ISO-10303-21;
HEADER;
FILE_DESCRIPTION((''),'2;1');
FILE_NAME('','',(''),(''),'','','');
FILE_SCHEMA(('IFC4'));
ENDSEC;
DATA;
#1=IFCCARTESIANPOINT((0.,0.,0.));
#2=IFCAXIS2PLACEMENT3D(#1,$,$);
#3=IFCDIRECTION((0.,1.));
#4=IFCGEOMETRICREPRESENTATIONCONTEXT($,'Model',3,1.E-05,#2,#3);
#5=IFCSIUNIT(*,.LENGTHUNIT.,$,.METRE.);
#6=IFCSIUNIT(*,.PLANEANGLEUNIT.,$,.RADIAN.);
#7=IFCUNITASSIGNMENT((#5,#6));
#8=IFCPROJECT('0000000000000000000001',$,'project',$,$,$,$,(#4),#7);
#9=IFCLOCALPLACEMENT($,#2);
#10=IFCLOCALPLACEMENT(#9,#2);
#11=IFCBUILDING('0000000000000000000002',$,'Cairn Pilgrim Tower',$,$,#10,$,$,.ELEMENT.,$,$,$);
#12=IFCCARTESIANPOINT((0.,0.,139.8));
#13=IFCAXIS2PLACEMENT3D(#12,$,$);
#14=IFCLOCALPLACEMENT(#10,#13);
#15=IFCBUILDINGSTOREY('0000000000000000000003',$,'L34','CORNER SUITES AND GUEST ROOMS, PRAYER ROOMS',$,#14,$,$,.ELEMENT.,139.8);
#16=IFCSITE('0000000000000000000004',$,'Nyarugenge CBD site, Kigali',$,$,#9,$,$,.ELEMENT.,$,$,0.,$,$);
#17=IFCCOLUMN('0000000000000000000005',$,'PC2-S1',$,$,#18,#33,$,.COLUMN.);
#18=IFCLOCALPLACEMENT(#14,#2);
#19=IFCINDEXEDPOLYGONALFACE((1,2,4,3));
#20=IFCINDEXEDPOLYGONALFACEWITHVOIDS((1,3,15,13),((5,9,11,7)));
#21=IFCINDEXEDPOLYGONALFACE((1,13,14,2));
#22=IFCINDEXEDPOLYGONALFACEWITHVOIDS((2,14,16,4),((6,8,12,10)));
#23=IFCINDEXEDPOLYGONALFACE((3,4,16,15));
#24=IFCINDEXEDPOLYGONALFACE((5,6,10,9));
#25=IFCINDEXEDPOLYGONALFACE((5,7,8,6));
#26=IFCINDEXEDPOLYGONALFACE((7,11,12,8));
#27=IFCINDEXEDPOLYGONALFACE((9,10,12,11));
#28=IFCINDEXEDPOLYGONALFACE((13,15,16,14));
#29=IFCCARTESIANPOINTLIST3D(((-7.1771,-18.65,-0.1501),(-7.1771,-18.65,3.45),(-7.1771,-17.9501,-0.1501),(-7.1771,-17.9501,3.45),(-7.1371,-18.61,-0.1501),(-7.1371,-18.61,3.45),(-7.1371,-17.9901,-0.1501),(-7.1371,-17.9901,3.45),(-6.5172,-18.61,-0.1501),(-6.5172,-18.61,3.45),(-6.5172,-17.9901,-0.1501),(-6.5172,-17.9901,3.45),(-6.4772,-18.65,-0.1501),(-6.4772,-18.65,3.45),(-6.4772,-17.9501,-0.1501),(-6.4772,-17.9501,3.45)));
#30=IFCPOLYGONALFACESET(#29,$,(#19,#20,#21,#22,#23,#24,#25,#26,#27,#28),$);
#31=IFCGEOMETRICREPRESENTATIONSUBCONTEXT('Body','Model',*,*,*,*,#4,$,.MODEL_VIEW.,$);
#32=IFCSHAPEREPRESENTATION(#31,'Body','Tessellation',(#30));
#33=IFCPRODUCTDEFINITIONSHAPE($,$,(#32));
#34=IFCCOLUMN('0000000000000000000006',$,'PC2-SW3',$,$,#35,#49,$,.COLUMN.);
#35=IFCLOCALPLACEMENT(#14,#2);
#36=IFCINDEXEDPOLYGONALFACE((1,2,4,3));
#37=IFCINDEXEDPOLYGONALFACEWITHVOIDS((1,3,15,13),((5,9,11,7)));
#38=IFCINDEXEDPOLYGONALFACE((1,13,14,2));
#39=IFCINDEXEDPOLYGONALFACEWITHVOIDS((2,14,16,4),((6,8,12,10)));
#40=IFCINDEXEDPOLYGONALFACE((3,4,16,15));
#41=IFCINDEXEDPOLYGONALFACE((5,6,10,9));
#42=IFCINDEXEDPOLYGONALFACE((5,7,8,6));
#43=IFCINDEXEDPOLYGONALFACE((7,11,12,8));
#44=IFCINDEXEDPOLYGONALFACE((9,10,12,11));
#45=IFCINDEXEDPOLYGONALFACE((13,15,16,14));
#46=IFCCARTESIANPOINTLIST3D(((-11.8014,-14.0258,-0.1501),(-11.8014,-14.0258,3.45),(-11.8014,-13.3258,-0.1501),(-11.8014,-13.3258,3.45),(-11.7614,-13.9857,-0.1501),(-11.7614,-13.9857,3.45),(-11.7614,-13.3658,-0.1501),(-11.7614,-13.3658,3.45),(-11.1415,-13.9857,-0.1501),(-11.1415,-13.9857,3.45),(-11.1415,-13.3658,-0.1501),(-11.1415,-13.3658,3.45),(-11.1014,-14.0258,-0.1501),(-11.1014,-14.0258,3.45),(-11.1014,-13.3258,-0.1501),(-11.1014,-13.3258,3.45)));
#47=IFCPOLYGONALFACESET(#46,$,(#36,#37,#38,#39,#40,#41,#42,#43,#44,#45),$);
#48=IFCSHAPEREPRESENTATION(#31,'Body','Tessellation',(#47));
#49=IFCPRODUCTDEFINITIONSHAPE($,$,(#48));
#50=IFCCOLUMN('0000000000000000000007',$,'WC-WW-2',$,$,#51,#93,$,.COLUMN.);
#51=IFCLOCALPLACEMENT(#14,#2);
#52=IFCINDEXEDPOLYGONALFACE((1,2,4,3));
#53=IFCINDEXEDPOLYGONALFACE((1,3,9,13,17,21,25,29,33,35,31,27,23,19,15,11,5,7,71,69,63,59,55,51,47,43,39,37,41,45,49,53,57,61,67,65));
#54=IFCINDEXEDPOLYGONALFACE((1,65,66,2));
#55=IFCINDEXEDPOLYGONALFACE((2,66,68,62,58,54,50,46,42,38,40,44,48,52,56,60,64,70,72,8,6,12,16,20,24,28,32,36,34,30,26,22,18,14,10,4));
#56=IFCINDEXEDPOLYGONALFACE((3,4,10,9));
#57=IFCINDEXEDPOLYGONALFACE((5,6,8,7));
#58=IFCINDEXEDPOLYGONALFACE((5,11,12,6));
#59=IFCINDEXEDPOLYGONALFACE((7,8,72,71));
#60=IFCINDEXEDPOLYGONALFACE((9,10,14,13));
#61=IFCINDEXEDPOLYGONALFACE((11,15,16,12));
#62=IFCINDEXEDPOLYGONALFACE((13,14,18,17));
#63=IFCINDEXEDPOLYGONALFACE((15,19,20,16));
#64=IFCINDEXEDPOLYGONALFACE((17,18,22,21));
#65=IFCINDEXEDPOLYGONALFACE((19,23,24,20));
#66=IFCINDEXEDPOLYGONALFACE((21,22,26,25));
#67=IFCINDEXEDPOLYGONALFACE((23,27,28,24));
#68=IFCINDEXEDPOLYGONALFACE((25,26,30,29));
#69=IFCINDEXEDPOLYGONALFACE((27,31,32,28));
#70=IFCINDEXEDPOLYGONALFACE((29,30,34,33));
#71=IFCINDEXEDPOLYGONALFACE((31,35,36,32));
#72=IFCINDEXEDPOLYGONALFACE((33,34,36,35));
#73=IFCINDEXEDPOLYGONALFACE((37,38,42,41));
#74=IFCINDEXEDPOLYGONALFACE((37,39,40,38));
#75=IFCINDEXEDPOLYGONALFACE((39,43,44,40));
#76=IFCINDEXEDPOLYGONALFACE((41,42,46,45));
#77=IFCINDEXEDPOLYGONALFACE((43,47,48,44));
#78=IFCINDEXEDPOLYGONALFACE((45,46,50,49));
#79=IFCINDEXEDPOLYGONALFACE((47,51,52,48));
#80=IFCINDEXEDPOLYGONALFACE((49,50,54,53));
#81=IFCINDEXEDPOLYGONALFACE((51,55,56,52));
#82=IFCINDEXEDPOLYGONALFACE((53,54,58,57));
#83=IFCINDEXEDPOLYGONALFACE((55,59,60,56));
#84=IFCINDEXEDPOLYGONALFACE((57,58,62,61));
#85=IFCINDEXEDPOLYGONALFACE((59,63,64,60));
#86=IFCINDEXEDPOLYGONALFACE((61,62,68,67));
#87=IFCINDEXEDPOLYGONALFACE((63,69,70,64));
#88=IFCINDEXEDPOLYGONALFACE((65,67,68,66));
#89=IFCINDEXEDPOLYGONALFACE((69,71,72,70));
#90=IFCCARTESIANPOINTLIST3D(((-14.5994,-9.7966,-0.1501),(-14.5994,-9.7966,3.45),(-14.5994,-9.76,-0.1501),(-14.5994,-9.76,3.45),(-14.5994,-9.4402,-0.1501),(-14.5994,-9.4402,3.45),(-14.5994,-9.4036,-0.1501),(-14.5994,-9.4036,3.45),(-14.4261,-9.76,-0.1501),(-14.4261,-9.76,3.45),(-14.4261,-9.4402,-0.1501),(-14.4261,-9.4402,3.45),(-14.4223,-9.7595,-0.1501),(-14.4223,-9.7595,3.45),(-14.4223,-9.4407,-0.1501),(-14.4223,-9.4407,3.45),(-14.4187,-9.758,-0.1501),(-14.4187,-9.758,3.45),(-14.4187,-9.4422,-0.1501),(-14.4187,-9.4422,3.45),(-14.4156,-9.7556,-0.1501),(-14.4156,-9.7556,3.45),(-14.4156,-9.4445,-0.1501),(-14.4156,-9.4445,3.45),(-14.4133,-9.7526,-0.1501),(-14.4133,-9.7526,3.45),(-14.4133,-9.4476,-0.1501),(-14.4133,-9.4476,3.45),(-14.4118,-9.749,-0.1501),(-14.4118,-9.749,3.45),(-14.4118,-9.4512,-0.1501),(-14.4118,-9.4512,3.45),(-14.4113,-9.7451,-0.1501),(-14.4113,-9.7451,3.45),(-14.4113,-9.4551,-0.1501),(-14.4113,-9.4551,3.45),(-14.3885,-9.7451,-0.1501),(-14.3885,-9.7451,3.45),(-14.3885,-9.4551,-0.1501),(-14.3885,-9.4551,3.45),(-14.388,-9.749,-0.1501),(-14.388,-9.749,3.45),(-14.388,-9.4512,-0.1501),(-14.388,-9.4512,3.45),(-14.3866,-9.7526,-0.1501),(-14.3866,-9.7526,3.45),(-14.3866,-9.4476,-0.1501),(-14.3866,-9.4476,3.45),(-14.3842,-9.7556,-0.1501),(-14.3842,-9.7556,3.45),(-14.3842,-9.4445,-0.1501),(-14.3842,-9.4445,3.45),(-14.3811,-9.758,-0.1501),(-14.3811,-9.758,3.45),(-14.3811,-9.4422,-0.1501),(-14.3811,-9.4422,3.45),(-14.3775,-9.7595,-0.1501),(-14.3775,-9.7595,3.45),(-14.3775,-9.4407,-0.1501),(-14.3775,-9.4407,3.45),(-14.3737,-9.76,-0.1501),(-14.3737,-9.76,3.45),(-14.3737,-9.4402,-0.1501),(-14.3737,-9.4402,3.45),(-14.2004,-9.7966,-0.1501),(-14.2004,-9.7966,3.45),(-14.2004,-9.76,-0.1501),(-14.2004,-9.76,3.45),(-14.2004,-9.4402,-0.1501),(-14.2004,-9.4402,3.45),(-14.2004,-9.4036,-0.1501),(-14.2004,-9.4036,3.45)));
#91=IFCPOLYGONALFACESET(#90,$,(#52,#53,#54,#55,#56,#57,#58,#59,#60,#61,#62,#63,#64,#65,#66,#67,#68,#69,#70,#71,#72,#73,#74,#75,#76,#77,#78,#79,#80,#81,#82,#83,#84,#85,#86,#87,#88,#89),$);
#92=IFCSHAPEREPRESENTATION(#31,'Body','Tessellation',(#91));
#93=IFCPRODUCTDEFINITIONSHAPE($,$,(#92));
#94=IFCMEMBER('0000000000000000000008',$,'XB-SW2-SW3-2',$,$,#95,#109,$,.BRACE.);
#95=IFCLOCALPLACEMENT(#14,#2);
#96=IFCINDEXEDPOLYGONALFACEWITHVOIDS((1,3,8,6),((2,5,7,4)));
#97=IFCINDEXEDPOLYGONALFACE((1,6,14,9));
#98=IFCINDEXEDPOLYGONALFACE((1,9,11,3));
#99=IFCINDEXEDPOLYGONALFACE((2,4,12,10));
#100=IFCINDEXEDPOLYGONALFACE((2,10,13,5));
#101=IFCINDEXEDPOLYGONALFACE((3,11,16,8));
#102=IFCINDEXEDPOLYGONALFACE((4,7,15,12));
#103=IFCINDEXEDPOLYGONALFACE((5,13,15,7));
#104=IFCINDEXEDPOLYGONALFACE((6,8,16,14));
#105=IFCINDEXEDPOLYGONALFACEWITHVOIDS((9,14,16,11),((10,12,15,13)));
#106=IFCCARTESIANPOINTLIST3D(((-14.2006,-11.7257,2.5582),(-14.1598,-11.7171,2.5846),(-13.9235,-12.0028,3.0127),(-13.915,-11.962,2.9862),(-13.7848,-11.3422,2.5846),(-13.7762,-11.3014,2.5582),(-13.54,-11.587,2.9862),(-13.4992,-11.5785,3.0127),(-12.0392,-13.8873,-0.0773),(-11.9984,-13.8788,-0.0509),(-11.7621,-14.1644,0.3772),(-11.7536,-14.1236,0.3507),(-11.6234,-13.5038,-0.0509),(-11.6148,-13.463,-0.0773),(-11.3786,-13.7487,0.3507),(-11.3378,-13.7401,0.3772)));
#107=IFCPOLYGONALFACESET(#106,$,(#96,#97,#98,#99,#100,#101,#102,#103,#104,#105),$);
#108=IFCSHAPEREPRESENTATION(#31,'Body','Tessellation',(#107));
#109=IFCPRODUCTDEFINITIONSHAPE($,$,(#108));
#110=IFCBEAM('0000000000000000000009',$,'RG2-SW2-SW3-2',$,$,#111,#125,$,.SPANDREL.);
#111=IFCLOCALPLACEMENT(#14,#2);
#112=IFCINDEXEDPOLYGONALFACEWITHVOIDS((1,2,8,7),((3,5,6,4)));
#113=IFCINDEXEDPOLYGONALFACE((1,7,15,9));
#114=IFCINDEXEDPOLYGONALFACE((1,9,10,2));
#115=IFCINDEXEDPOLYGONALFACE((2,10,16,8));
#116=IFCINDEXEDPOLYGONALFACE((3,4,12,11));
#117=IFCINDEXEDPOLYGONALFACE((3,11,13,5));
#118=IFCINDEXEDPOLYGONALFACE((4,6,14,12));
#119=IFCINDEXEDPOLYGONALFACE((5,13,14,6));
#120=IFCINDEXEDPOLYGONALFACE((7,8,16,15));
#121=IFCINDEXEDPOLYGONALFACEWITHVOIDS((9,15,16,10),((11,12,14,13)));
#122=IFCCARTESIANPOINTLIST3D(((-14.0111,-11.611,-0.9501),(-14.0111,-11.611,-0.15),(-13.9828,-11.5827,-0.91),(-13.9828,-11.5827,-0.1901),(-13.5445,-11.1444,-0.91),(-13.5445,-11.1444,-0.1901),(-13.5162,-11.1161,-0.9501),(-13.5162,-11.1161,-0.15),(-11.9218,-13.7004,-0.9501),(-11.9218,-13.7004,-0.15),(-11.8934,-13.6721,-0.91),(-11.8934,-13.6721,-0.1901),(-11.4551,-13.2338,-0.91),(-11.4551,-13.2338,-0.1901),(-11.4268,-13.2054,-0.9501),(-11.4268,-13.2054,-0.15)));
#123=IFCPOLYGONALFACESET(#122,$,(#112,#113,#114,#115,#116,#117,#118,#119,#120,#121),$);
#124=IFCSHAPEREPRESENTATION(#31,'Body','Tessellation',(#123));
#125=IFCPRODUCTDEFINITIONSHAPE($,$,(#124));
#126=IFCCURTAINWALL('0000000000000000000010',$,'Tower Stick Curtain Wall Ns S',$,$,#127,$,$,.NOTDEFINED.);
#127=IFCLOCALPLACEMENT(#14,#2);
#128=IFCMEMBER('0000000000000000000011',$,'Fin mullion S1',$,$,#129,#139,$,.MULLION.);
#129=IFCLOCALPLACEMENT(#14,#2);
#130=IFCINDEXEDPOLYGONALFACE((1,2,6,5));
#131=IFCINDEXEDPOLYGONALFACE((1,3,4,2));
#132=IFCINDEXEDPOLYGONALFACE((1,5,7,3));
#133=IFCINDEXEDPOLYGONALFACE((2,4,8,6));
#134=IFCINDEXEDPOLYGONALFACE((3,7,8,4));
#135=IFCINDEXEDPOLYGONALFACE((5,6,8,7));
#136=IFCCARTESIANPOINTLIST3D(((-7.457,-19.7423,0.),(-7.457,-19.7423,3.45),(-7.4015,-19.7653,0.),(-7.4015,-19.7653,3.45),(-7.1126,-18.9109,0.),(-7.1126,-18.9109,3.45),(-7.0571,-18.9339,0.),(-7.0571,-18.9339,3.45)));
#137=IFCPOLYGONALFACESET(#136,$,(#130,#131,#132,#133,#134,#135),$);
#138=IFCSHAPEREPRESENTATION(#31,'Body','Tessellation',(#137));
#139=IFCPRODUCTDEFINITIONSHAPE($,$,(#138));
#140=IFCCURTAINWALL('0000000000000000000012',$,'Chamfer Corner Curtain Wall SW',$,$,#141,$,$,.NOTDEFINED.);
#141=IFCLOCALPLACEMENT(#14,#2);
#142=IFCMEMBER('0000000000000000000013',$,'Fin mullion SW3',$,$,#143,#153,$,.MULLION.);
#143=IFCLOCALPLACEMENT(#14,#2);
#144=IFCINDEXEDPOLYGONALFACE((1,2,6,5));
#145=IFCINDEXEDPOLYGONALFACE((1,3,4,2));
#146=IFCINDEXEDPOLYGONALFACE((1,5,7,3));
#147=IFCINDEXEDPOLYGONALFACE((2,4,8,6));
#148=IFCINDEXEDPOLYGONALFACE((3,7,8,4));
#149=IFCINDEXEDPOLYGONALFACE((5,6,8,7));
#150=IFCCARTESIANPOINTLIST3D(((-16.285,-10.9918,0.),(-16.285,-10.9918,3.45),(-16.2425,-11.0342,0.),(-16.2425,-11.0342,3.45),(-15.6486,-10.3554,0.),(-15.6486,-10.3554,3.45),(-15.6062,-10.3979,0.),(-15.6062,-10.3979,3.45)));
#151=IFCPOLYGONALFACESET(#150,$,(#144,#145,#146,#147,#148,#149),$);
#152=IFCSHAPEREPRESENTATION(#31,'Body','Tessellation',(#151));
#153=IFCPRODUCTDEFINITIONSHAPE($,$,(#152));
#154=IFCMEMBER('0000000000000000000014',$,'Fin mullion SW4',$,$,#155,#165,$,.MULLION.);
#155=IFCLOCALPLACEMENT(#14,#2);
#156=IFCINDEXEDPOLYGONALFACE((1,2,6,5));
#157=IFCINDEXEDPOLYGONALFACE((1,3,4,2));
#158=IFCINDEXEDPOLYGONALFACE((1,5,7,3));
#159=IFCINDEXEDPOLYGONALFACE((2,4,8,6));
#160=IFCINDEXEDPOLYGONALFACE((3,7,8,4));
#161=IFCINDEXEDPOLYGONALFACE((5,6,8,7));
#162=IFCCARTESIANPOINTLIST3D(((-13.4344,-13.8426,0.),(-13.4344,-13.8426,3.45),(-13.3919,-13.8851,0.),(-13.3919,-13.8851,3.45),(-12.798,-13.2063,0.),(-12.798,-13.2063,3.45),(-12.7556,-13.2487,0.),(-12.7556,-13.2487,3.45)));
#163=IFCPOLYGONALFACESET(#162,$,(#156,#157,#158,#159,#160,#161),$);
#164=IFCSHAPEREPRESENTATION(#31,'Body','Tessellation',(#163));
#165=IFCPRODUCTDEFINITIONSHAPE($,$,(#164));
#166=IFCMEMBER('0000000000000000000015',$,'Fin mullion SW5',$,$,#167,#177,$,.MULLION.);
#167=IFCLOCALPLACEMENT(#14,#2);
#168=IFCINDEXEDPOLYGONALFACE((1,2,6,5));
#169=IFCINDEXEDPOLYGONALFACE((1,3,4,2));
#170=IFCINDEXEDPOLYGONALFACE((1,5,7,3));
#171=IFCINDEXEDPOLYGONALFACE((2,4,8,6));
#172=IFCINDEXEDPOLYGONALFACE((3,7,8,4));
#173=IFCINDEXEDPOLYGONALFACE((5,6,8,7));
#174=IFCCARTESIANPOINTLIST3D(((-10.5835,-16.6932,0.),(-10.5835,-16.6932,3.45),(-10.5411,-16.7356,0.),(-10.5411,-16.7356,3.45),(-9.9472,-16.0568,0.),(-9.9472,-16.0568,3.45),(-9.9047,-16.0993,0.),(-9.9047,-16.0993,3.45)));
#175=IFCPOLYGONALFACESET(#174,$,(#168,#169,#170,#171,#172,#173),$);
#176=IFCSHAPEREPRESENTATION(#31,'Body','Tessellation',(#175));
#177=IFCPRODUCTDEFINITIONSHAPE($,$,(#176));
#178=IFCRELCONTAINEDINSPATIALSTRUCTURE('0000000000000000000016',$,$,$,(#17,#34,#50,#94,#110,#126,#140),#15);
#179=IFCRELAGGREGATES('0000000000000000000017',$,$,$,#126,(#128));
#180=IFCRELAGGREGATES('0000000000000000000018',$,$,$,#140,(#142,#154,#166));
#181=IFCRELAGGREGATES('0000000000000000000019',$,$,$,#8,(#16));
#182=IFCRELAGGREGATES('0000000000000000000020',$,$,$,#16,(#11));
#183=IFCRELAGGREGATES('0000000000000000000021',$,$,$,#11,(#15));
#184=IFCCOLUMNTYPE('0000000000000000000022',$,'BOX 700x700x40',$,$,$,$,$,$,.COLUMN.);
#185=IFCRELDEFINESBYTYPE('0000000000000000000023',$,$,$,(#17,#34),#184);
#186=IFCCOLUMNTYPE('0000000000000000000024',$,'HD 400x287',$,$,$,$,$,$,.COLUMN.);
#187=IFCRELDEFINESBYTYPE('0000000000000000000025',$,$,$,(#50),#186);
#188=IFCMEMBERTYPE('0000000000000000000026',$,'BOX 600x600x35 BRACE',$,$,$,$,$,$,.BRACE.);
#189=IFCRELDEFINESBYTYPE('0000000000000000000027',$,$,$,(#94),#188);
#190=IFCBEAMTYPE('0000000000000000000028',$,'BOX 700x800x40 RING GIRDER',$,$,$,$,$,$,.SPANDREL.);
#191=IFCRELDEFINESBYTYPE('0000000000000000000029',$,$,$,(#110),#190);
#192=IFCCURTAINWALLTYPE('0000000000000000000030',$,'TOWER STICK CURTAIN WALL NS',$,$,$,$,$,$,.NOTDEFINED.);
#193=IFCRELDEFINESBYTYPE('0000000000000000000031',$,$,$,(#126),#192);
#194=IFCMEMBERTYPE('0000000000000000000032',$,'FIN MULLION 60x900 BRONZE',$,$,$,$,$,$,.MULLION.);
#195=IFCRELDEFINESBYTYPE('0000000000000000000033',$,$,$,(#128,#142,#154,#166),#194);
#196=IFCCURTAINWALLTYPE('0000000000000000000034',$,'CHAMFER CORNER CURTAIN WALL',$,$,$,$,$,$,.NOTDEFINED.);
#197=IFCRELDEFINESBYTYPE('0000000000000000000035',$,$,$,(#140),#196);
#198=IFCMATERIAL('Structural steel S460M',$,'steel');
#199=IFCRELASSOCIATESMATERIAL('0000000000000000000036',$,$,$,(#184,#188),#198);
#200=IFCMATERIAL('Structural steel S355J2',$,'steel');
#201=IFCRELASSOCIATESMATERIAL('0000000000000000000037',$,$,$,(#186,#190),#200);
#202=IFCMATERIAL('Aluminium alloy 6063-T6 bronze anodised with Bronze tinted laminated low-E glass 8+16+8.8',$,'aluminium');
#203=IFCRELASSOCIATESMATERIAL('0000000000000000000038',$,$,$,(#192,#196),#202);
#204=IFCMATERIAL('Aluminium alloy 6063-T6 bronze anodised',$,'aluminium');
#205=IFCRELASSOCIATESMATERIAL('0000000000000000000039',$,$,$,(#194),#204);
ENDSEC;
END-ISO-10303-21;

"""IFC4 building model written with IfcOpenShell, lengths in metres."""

from ifc_helpers import new_model, si_unit, direction, frame, origin, origin_2d, place, context, subcontext, project, spatial, rectangle, hollow_rectangle, i_section, extrude, material, material_profile, profile_set, type_object, element, aggregate, save


model = new_model("IFC4")

# Units and contexts
model_context = context("Model", 3, precision=1e-05, world=origin(), true_north=direction((0.0, 1.0)))
body_context = subcontext(model_context, "Body", "Model", "MODEL_VIEW")
ifc_project = project(units=[si_unit("LENGTHUNIT", "METRE"), si_unit("PLANEANGLEUNIT", "RADIAN")], contexts=[model_context])

# Site, building, storey
site_placement = place(None, origin())
site = spatial("IfcSite", under=ifc_project, at=site_placement, Name="Nyarugenge CBD site, Kigali", CompositionType="ELEMENT", RefElevation=0.0)
building_placement = place(site_placement, origin())
building = spatial("IfcBuilding", under=site, at=building_placement, Name="Cairn Pilgrim Tower", CompositionType="ELEMENT")
storey_placement = place(building_placement, frame((0.0, 0.0, 139.8)))
storey = spatial("IfcBuildingStorey", under=building, at=storey_placement, Name="L34", Description="CORNER SUITES AND GUEST ROOMS, PRAYER ROOMS", CompositionType="ELEMENT", Elevation=139.8)

# Columns
ifc_material_1 = material(Name="Structural steel S460M", Category="steel")
ifc_material_profile_1 = material_profile(ifc_material_1, hollow_rectangle(XDim=0.7, YDim=0.7, WallThickness=0.04, at=origin_2d()), Name="BOX 700x700x40")
ifc_profile_set_1 = profile_set([ifc_material_profile_1], Name="Structural steel S460M")
column_type_1 = type_object("IfcColumnType", Name="BOX 700x700x40", PredefinedType="COLUMN", material=ifc_profile_set_1)
for number, where, z_axis, x_axis, name in (
    (1, (-6.8271, -18.3, -0.1501), (0.0, 0.0, 1.0), (1.0, 0.0, 0.0), "PC2-S1"),
    (2, (-11.4514, -13.6758, -0.1501), (0.0, 0.0, 1.0), (1.0, 0.0, 0.0), "PC2-SW3"),
):
    element("IfcColumn", number, at=place(storey_placement, frame(where, z_axis=z_axis, x_axis=x_axis)), inside=storey, type_object=column_type_1, Name=name, PredefinedType="COLUMN", context=body_context, shape_type="SweptSolid", body=[
        extrude(hollow_rectangle(XDim=0.7, YDim=0.7, WallThickness=0.04, at=origin_2d()), origin(), (0.0, 0.0, 1.0), 3.6001),
    ])
ifc_material_2 = material(Name="Structural steel S355J2", Category="steel")
ifc_material_profile_2 = material_profile(ifc_material_2, i_section(OverallWidth=0.3989, OverallDepth=0.3931, WebThickness=0.0227, FlangeThickness=0.0366, FilletRadius=0.0149, at=origin_2d()), Name="HD 400x287")
ifc_profile_set_2 = profile_set([ifc_material_profile_2], Name="Structural steel S355J2")
column_type_2 = type_object("IfcColumnType", Name="HD 400x287", PredefinedType="COLUMN", material=ifc_profile_set_2)
column_placement = place(storey_placement, frame((-14.3999, -9.6001, -0.1501), z_axis=(0.0, 0.0, 1.0), x_axis=(1.0, 0.0, 0.0)))
element("IfcColumn", 3, at=column_placement, inside=storey, type_object=column_type_2, Name="WC-WW-2", PredefinedType="COLUMN", context=body_context, shape_type="SweptSolid", body=[
    extrude(i_section(OverallWidth=0.3989, OverallDepth=0.3931, WebThickness=0.0227, FlangeThickness=0.0366, FilletRadius=0.0149, at=origin_2d()), origin(), (0.0, 0.0, 1.0), 3.6001),
])

# Member
ifc_material_profile_3 = material_profile(ifc_material_1, hollow_rectangle(XDim=0.6001, YDim=0.6001, WallThickness=0.0349, at=origin_2d()), Name="BOX 600x600x35")
ifc_profile_set_3 = profile_set([ifc_material_profile_3], Name="Structural steel S460M")
member_type_1 = type_object("IfcMemberType", Name="BOX 600x600x35 BRACE", PredefinedType="BRACE", material=ifc_profile_set_3)
member_1_placement = place(storey_placement, frame((-11.6885, -13.8137, 0.1499), z_axis=(-0.535513, 0.535573, 0.652983), x_axis=(-0.707147, -0.707067, 0.0)))
element("IfcMember", 4, at=member_1_placement, inside=storey, type_object=member_type_1, Name="XB-SW2-SW3-2", PredefinedType="BRACE", context=body_context, shape_type="SweptSolid", body=[
    extrude(hollow_rectangle(XDim=0.6001, YDim=0.6001, WallThickness=0.0349, at=origin_2d()), origin(), (0.0, 0.0, 1.0), 4.0361),
])

# Beam
ifc_material_profile_4 = material_profile(ifc_material_2, hollow_rectangle(XDim=0.7, YDim=0.8, WallThickness=0.04, at=origin_2d()), Name="BOX 700x800x40")
ifc_profile_set_4 = profile_set([ifc_material_profile_4], Name="Structural steel S355J2")
beam_type_1 = type_object("IfcBeamType", Name="BOX 700x800x40 RING GIRDER", PredefinedType="SPANDREL", material=ifc_profile_set_4)
beam_1_placement = place(storey_placement, frame((-13.7637, -11.3635, -0.55), z_axis=(0.707107, -0.707107, 0.0), x_axis=(0.707107, 0.707107, 0.0)))
element("IfcBeam", 5, at=beam_1_placement, inside=storey, type_object=beam_type_1, Name="RG2-SW2-SW3-2", PredefinedType="SPANDREL", context=body_context, shape_type="SweptSolid", body=[
    extrude(hollow_rectangle(XDim=0.7, YDim=0.8, WallThickness=0.04, at=origin_2d()), origin(), (0.0, 0.0, 1.0), 2.9548),
])

# Curtain wall, member
ifc_material_3 = material(Name="Aluminium alloy 6063-T6 bronze anodised with Bronze tinted laminated low-E glass 8+16+8.8", Category="aluminium")
curtain_wall_type_1 = type_object("IfcCurtainWallType", Name="TOWER STICK CURTAIN WALL NS", PredefinedType="NOTDEFINED", material=ifc_material_3)
curtain_wall_1_placement = place(storey_placement, origin())
curtain_wall_1 = element("IfcCurtainWall", 6, at=curtain_wall_1_placement, inside=storey, type_object=curtain_wall_type_1, Name="Tower Stick Curtain Wall Ns S", PredefinedType="NOTDEFINED")
ifc_material_4 = material(Name="Aluminium alloy 6063-T6 bronze anodised", Category="aluminium")
ifc_material_profile_5 = material_profile(ifc_material_4, rectangle(XDim=0.8999, YDim=0.0601, at=origin_2d()), Name="FIN MULLION 60x900 BRONZE")
ifc_profile_set_5 = profile_set([ifc_material_profile_5], Name="Aluminium alloy 6063-T6 bronze anodised")
member_type_2 = type_object("IfcMemberType", Name="FIN MULLION 60x900 BRONZE", PredefinedType="MULLION", material=ifc_profile_set_5)
member_2_placement = place(storey_placement, frame((-7.2571, -19.3381, 0.0), z_axis=(0.0, 0.0, 1.0), x_axis=(-0.382683, -0.92388, 0.0)))
member_2 = element("IfcMember", 7, at=member_2_placement, type_object=member_type_2, Name="Fin mullion S1", PredefinedType="MULLION", context=body_context, shape_type="SweptSolid", body=[
    extrude(rectangle(XDim=0.8999, YDim=0.0601, at=origin_2d()), origin(), (0.0, 0.0, 1.0), 3.45),
])
aggregate(curtain_wall_1, [member_2])

# Curtain wall, members
curtain_wall_type_2 = type_object("IfcCurtainWallType", Name="CHAMFER CORNER CURTAIN WALL", PredefinedType="NOTDEFINED", material=ifc_material_3)
curtain_wall_2_placement = place(storey_placement, origin())
curtain_wall_2 = element("IfcCurtainWall", 8, at=curtain_wall_2_placement, inside=storey, type_object=curtain_wall_type_2, Name="Chamfer Corner Curtain Wall SW", PredefinedType="NOTDEFINED")
member_3_placement = place(storey_placement, frame((-15.9456, -10.6948, 0.0), z_axis=(0.0, 0.0, 1.0), x_axis=(-0.707107, -0.707107, 0.0)))
member_3 = element("IfcMember", 9, at=member_3_placement, type_object=member_type_2, Name="Fin mullion SW3", PredefinedType="MULLION", context=body_context, shape_type="SweptSolid", body=[
    extrude(rectangle(XDim=0.8999, YDim=0.0601, at=origin_2d()), origin(), (0.0, 0.0, 1.0), 3.45),
])
member_4_placement = place(storey_placement, frame((-13.095, -13.5457, 0.0), z_axis=(0.0, 0.0, 1.0), x_axis=(-0.707107, -0.707107, 0.0)))
member_4 = element("IfcMember", 10, at=member_4_placement, type_object=member_type_2, Name="Fin mullion SW4", PredefinedType="MULLION", context=body_context, shape_type="SweptSolid", body=[
    extrude(rectangle(XDim=0.8999, YDim=0.0601, at=origin_2d()), origin(), (0.0, 0.0, 1.0), 3.45),
])
member_5_placement = place(storey_placement, frame((-10.2441, -16.3962, 0.0), z_axis=(0.0, 0.0, 1.0), x_axis=(-0.707107, -0.707107, 0.0)))
member_5 = element("IfcMember", 11, at=member_5_placement, type_object=member_type_2, Name="Fin mullion SW5", PredefinedType="MULLION", context=body_context, shape_type="SweptSolid", body=[
    extrude(rectangle(XDim=0.8999, YDim=0.0601, at=origin_2d()), origin(), (0.0, 0.0, 1.0), 3.45),
])

aggregate(curtain_wall_2, [member_3, member_4, member_5])

save(model, "model.ifc")
